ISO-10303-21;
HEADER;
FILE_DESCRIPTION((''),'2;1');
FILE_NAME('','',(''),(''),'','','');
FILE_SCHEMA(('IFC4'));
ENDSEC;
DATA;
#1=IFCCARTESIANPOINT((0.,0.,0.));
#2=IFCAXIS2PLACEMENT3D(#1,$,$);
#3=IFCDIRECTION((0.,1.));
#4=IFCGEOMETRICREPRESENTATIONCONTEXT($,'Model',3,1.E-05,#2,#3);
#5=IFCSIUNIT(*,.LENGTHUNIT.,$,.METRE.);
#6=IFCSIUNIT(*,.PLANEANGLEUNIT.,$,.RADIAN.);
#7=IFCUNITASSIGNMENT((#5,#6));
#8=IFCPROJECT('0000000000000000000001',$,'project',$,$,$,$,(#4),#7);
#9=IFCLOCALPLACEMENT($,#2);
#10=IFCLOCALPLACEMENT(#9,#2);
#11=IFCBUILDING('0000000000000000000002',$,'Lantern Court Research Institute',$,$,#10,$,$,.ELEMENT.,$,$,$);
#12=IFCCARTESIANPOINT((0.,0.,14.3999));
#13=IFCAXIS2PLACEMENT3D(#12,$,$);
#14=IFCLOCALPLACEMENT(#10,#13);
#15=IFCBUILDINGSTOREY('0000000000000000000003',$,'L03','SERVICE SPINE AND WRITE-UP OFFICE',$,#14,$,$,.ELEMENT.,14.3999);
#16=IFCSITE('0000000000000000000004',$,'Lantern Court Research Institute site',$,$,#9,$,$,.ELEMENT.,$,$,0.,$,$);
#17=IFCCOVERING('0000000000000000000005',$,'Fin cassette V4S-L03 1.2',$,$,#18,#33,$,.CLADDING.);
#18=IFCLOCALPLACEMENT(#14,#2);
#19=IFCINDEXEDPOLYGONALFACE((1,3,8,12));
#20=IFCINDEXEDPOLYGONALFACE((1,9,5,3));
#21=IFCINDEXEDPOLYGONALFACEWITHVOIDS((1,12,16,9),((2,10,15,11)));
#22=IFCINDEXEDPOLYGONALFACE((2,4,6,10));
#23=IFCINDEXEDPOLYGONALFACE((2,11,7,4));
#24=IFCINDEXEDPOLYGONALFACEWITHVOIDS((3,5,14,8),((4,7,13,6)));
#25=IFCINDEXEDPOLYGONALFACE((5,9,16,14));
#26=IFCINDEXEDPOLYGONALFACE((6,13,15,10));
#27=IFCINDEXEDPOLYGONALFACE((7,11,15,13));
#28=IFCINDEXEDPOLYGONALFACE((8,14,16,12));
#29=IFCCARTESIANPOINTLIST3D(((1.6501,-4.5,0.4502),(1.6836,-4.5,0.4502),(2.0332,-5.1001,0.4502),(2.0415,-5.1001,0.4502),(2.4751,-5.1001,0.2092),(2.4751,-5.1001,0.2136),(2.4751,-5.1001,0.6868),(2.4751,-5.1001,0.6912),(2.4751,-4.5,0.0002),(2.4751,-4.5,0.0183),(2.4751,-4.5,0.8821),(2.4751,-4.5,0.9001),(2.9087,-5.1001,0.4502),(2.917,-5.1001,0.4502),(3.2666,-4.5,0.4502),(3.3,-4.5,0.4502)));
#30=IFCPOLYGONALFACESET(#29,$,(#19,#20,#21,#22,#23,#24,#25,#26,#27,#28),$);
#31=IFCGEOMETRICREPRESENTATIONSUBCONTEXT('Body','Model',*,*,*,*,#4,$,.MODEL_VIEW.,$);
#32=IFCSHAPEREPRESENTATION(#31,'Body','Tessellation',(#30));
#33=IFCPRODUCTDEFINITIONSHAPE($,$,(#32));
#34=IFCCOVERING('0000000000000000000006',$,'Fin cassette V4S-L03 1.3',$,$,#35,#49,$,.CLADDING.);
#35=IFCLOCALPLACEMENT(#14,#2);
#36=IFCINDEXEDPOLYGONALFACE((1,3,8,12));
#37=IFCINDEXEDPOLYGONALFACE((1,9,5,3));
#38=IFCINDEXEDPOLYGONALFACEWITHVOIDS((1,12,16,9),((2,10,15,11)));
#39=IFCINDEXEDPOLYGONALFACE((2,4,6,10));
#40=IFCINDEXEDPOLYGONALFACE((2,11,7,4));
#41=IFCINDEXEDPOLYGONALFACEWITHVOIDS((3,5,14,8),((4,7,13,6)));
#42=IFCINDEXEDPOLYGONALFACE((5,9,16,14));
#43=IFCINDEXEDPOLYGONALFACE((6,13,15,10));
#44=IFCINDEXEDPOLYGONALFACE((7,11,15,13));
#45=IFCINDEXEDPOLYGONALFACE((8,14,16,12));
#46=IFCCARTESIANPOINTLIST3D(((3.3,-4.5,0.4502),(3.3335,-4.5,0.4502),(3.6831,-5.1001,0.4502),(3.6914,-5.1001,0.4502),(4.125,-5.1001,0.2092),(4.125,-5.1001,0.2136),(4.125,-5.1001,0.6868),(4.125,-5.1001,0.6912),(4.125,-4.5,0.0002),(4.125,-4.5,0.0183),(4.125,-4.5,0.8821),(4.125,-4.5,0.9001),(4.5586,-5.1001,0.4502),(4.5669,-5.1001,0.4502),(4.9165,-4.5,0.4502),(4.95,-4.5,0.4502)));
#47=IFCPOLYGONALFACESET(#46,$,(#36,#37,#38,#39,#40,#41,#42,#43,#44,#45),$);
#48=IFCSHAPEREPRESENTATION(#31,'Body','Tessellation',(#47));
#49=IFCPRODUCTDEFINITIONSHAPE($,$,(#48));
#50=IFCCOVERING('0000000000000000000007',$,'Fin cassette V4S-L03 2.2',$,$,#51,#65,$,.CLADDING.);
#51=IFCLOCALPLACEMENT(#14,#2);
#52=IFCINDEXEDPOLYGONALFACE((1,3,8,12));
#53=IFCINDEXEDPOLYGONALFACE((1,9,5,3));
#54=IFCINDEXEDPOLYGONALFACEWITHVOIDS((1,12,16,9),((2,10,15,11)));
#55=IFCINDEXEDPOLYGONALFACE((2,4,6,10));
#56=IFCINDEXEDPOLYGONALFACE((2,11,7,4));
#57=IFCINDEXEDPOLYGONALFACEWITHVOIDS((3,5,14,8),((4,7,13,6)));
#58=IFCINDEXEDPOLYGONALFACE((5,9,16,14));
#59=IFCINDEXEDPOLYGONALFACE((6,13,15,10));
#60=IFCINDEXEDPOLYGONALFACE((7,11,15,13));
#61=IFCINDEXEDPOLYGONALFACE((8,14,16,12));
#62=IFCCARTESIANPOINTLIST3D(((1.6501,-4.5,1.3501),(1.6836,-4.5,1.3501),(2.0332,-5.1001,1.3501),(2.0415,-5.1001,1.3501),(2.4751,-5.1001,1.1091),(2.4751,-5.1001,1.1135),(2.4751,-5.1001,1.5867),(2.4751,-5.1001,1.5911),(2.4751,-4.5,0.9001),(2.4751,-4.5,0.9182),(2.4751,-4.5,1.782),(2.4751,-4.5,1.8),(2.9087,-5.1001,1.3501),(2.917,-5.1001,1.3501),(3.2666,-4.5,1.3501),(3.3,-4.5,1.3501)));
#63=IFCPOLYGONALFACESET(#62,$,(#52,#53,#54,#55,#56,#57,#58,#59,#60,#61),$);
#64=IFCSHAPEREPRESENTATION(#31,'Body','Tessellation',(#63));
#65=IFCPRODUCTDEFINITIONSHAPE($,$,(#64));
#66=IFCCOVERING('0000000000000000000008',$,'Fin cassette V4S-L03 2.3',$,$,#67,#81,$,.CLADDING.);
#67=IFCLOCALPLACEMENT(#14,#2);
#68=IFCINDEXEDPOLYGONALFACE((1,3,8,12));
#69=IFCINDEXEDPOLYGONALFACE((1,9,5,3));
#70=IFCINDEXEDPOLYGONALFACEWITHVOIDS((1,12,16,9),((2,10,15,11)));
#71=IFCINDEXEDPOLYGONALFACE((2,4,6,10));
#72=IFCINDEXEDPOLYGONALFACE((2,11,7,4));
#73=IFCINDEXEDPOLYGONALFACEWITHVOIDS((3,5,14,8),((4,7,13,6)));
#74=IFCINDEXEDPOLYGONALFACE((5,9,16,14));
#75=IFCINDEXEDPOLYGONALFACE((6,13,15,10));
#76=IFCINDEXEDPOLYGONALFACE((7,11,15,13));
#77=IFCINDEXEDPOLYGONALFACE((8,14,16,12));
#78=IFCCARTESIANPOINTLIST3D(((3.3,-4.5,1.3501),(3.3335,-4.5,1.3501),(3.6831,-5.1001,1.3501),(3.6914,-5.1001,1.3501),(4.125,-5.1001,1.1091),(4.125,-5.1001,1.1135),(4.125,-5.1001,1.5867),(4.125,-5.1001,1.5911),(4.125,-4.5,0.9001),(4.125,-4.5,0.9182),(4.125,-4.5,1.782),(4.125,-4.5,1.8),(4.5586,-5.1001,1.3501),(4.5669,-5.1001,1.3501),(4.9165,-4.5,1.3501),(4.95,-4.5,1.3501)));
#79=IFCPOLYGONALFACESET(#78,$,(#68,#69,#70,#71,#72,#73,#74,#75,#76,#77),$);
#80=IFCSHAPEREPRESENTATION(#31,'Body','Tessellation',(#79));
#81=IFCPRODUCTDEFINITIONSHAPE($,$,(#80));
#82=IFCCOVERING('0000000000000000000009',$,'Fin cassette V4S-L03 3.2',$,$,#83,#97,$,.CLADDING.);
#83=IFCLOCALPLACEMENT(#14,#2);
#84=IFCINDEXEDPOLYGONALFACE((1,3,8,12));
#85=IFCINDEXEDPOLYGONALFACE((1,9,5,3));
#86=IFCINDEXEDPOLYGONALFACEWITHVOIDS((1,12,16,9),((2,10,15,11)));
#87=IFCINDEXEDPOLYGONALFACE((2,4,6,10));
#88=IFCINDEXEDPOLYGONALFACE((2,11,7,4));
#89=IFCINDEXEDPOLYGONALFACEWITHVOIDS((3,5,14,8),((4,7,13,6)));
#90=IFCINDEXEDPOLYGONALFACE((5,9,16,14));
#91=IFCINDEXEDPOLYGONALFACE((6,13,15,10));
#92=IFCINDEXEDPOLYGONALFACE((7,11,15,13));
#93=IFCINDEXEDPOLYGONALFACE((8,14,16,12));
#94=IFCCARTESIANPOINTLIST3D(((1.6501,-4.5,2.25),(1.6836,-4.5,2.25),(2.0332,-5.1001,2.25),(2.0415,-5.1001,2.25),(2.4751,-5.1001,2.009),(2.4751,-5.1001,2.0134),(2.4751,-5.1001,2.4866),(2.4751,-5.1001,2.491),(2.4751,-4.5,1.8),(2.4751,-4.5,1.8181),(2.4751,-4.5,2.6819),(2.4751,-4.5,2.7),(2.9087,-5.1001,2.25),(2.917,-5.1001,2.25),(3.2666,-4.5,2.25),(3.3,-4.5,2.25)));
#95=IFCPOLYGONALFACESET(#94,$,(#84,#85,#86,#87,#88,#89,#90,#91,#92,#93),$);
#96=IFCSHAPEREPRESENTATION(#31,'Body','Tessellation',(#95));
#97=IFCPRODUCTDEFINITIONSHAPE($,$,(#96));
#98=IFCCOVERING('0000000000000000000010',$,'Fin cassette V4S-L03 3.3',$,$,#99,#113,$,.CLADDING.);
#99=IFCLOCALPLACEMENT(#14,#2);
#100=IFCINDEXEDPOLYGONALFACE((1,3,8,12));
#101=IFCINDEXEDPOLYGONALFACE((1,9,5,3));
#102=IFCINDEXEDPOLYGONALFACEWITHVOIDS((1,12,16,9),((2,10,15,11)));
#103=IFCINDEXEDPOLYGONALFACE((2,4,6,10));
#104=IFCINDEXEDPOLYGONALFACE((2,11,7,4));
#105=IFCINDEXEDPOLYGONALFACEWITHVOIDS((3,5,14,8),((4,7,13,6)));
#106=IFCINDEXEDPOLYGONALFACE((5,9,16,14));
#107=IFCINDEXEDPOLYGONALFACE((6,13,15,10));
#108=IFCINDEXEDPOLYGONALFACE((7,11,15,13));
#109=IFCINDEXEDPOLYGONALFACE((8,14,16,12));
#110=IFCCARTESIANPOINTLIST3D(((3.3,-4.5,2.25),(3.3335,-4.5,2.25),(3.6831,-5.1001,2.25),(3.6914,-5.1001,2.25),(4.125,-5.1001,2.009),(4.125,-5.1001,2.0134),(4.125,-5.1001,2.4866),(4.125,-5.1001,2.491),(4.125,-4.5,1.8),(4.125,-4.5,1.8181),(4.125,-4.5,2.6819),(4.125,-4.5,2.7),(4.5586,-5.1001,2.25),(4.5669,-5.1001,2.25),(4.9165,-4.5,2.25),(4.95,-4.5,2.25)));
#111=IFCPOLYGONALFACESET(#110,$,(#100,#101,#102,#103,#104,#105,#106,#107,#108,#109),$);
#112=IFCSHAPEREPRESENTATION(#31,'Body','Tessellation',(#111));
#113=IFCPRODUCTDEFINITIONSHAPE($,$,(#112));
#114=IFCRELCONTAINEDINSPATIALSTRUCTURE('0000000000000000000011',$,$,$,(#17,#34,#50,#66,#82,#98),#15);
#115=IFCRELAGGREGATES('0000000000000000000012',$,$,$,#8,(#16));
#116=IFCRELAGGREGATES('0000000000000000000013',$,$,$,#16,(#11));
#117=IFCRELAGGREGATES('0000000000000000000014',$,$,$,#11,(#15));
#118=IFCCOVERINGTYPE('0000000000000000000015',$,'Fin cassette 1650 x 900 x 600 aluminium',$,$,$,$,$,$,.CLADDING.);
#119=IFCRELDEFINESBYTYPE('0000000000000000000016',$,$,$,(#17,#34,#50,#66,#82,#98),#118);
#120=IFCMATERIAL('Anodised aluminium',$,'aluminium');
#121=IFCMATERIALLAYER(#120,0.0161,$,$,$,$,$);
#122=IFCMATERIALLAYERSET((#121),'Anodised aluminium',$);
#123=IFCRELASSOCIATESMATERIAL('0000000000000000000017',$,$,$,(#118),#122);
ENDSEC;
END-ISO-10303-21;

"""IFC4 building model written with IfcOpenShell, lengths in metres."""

from ifc_helpers import new_model, entity, si_unit, direction, frame, origin, place, context, subcontext, project, spatial, material, layer, layer_set, type_object, element, save


model = new_model("IFC4")

# Units and contexts
model_context = context("Model", 3, precision=1e-05, world=origin(), true_north=direction((0.0, 1.0)))
body_context = subcontext(model_context, "Body", "Model", "MODEL_VIEW")
ifc_project = project(units=[si_unit("LENGTHUNIT", "METRE"), si_unit("PLANEANGLEUNIT", "RADIAN")], contexts=[model_context])

# Site, building, storey
site_placement = place(None, origin())
site = spatial("IfcSite", under=ifc_project, at=site_placement, Name="Lantern Court Research Institute site", CompositionType="ELEMENT", RefElevation=0.0)
building_placement = place(site_placement, origin())
building = spatial("IfcBuilding", under=site, at=building_placement, Name="Lantern Court Research Institute", CompositionType="ELEMENT")
storey_placement = place(building_placement, frame((0.0, 0.0, 14.3999)))
storey = spatial("IfcBuildingStorey", under=building, at=storey_placement, Name="L03", Description="SERVICE SPINE AND WRITE-UP OFFICE", CompositionType="ELEMENT", Elevation=14.3999)

# Coverings
ifc_material_1 = material(Name="Anodised aluminium", Category="aluminium")
ifc_layer_1 = layer(ifc_material_1, 0.0161)
ifc_layer_set_1 = layer_set([ifc_layer_1], Name="Anodised aluminium")
covering_type = type_object("IfcCoveringType", Name="Fin cassette 1650 x 900 x 600 aluminium", PredefinedType="CLADDING", material=ifc_layer_set_1)
covering_1_placement = place(storey_placement, frame((2.4751, -4.5, 0.4502), z_axis=(0.0, -1.0, 0.0), x_axis=(1.0, 0.0, 0.0)))
cartesian_point_1 = entity("IfcCartesianPoint", [0.825, 0.0])
cartesian_point_2 = entity("IfcCartesianPoint", [0.7915, 0.0])
cartesian_point_3 = entity("IfcCartesianPoint", [0.4419, 0.0])
cartesian_point_4 = entity("IfcCartesianPoint", [0.4336, 0.0])
element("IfcCovering", 1, at=covering_1_placement, inside=storey, type_object=covering_type, Name="Fin cassette V4S-L03 1.2", PredefinedType="CLADDING", context=body_context, shape_type="SweptSolid", body=[
    entity("IfcExtrudedAreaSolidTapered", entity("IfcArbitraryProfileDefWithVoids", "AREA", None, entity("IfcPolyline", [cartesian_point_1, entity("IfcCartesianPoint", [0.0, 0.45]), entity("IfcCartesianPoint", [-0.825, 0.0]), entity("IfcCartesianPoint", [0.0, -0.45]), cartesian_point_1]), [entity("IfcPolyline", [cartesian_point_2, entity("IfcCartesianPoint", [0.0, 0.4319]), entity("IfcCartesianPoint", [-0.7915, 0.0]), entity("IfcCartesianPoint", [0.0, -0.4319]), cartesian_point_2])]), entity("IfcAxis2Placement3D", entity("IfcCartesianPoint", [0.0, 0.0, 0.0])), entity("IfcDirection", [0.0, 0.0, 1.0]), 0.6001, entity("IfcArbitraryProfileDefWithVoids", "AREA", None, entity("IfcPolyline", [cartesian_point_3, entity("IfcCartesianPoint", [0.0, 0.241]), entity("IfcCartesianPoint", [-0.4419, 0.0]), entity("IfcCartesianPoint", [0.0, -0.241]), cartesian_point_3]), [entity("IfcPolyline", [cartesian_point_4, entity("IfcCartesianPoint", [0.0, 0.2366]), entity("IfcCartesianPoint", [-0.4336, 0.0]), entity("IfcCartesianPoint", [0.0, -0.2366]), cartesian_point_4])])),
])
covering_2_placement = place(storey_placement, frame((4.125, -4.5, 0.4502), z_axis=(0.0, -1.0, 0.0), x_axis=(1.0, 0.0, 0.0)))
cartesian_point_5 = entity("IfcCartesianPoint", [0.825, 0.0])
cartesian_point_6 = entity("IfcCartesianPoint", [0.7915, 0.0])
cartesian_point_7 = entity("IfcCartesianPoint", [0.4419, 0.0])
cartesian_point_8 = entity("IfcCartesianPoint", [0.4336, 0.0])
element("IfcCovering", 2, at=covering_2_placement, inside=storey, type_object=covering_type, Name="Fin cassette V4S-L03 1.3", PredefinedType="CLADDING", context=body_context, shape_type="SweptSolid", body=[
    entity("IfcExtrudedAreaSolidTapered", entity("IfcArbitraryProfileDefWithVoids", "AREA", None, entity("IfcPolyline", [cartesian_point_5, entity("IfcCartesianPoint", [0.0, 0.45]), entity("IfcCartesianPoint", [-0.825, 0.0]), entity("IfcCartesianPoint", [0.0, -0.45]), cartesian_point_5]), [entity("IfcPolyline", [cartesian_point_6, entity("IfcCartesianPoint", [0.0, 0.4319]), entity("IfcCartesianPoint", [-0.7915, 0.0]), entity("IfcCartesianPoint", [0.0, -0.4319]), cartesian_point_6])]), entity("IfcAxis2Placement3D", entity("IfcCartesianPoint", [0.0, 0.0, 0.0])), entity("IfcDirection", [0.0, 0.0, 1.0]), 0.6001, entity("IfcArbitraryProfileDefWithVoids", "AREA", None, entity("IfcPolyline", [cartesian_point_7, entity("IfcCartesianPoint", [0.0, 0.241]), entity("IfcCartesianPoint", [-0.4419, 0.0]), entity("IfcCartesianPoint", [0.0, -0.241]), cartesian_point_7]), [entity("IfcPolyline", [cartesian_point_8, entity("IfcCartesianPoint", [0.0, 0.2366]), entity("IfcCartesianPoint", [-0.4336, 0.0]), entity("IfcCartesianPoint", [0.0, -0.2366]), cartesian_point_8])])),
])
covering_3_placement = place(storey_placement, frame((2.4751, -4.5, 1.3501), z_axis=(0.0, -1.0, 0.0), x_axis=(1.0, 0.0, 0.0)))
cartesian_point_9 = entity("IfcCartesianPoint", [0.825, 0.0])
cartesian_point_10 = entity("IfcCartesianPoint", [0.7915, 0.0])
cartesian_point_11 = entity("IfcCartesianPoint", [0.4419, 0.0])
cartesian_point_12 = entity("IfcCartesianPoint", [0.4336, 0.0])
element("IfcCovering", 3, at=covering_3_placement, inside=storey, type_object=covering_type, Name="Fin cassette V4S-L03 2.2", PredefinedType="CLADDING", context=body_context, shape_type="SweptSolid", body=[
    entity("IfcExtrudedAreaSolidTapered", entity("IfcArbitraryProfileDefWithVoids", "AREA", None, entity("IfcPolyline", [cartesian_point_9, entity("IfcCartesianPoint", [0.0, 0.45]), entity("IfcCartesianPoint", [-0.825, 0.0]), entity("IfcCartesianPoint", [0.0, -0.45]), cartesian_point_9]), [entity("IfcPolyline", [cartesian_point_10, entity("IfcCartesianPoint", [0.0, 0.4319]), entity("IfcCartesianPoint", [-0.7915, 0.0]), entity("IfcCartesianPoint", [0.0, -0.4319]), cartesian_point_10])]), entity("IfcAxis2Placement3D", entity("IfcCartesianPoint", [0.0, 0.0, 0.0])), entity("IfcDirection", [0.0, 0.0, 1.0]), 0.6001, entity("IfcArbitraryProfileDefWithVoids", "AREA", None, entity("IfcPolyline", [cartesian_point_11, entity("IfcCartesianPoint", [0.0, 0.241]), entity("IfcCartesianPoint", [-0.4419, 0.0]), entity("IfcCartesianPoint", [0.0, -0.241]), cartesian_point_11]), [entity("IfcPolyline", [cartesian_point_12, entity("IfcCartesianPoint", [0.0, 0.2366]), entity("IfcCartesianPoint", [-0.4336, 0.0]), entity("IfcCartesianPoint", [0.0, -0.2366]), cartesian_point_12])])),
])
covering_4_placement = place(storey_placement, frame((4.125, -4.5, 1.3501), z_axis=(0.0, -1.0, 0.0), x_axis=(1.0, 0.0, 0.0)))
cartesian_point_13 = entity("IfcCartesianPoint", [0.825, 0.0])
cartesian_point_14 = entity("IfcCartesianPoint", [0.7915, 0.0])
cartesian_point_15 = entity("IfcCartesianPoint", [0.4419, 0.0])
cartesian_point_16 = entity("IfcCartesianPoint", [0.4336, 0.0])
element("IfcCovering", 4, at=covering_4_placement, inside=storey, type_object=covering_type, Name="Fin cassette V4S-L03 2.3", PredefinedType="CLADDING", context=body_context, shape_type="SweptSolid", body=[
    entity("IfcExtrudedAreaSolidTapered", entity("IfcArbitraryProfileDefWithVoids", "AREA", None, entity("IfcPolyline", [cartesian_point_13, entity("IfcCartesianPoint", [0.0, 0.45]), entity("IfcCartesianPoint", [-0.825, 0.0]), entity("IfcCartesianPoint", [0.0, -0.45]), cartesian_point_13]), [entity("IfcPolyline", [cartesian_point_14, entity("IfcCartesianPoint", [0.0, 0.4319]), entity("IfcCartesianPoint", [-0.7915, 0.0]), entity("IfcCartesianPoint", [0.0, -0.4319]), cartesian_point_14])]), entity("IfcAxis2Placement3D", entity("IfcCartesianPoint", [0.0, 0.0, 0.0])), entity("IfcDirection", [0.0, 0.0, 1.0]), 0.6001, entity("IfcArbitraryProfileDefWithVoids", "AREA", None, entity("IfcPolyline", [cartesian_point_15, entity("IfcCartesianPoint", [0.0, 0.241]), entity("IfcCartesianPoint", [-0.4419, 0.0]), entity("IfcCartesianPoint", [0.0, -0.241]), cartesian_point_15]), [entity("IfcPolyline", [cartesian_point_16, entity("IfcCartesianPoint", [0.0, 0.2366]), entity("IfcCartesianPoint", [-0.4336, 0.0]), entity("IfcCartesianPoint", [0.0, -0.2366]), cartesian_point_16])])),
])
covering_5_placement = place(storey_placement, frame((2.4751, -4.5, 2.25), z_axis=(0.0, -1.0, 0.0), x_axis=(1.0, 0.0, 0.0)))
cartesian_point_17 = entity("IfcCartesianPoint", [0.825, 0.0])
cartesian_point_18 = entity("IfcCartesianPoint", [0.7915, 0.0])
cartesian_point_19 = entity("IfcCartesianPoint", [0.4419, 0.0])
cartesian_point_20 = entity("IfcCartesianPoint", [0.4336, 0.0])
element("IfcCovering", 5, at=covering_5_placement, inside=storey, type_object=covering_type, Name="Fin cassette V4S-L03 3.2", PredefinedType="CLADDING", context=body_context, shape_type="SweptSolid", body=[
    entity("IfcExtrudedAreaSolidTapered", entity("IfcArbitraryProfileDefWithVoids", "AREA", None, entity("IfcPolyline", [cartesian_point_17, entity("IfcCartesianPoint", [0.0, 0.45]), entity("IfcCartesianPoint", [-0.825, 0.0]), entity("IfcCartesianPoint", [0.0, -0.45]), cartesian_point_17]), [entity("IfcPolyline", [cartesian_point_18, entity("IfcCartesianPoint", [0.0, 0.4319]), entity("IfcCartesianPoint", [-0.7915, 0.0]), entity("IfcCartesianPoint", [0.0, -0.4319]), cartesian_point_18])]), entity("IfcAxis2Placement3D", entity("IfcCartesianPoint", [0.0, 0.0, 0.0])), entity("IfcDirection", [0.0, 0.0, 1.0]), 0.6001, entity("IfcArbitraryProfileDefWithVoids", "AREA", None, entity("IfcPolyline", [cartesian_point_19, entity("IfcCartesianPoint", [0.0, 0.241]), entity("IfcCartesianPoint", [-0.4419, 0.0]), entity("IfcCartesianPoint", [0.0, -0.241]), cartesian_point_19]), [entity("IfcPolyline", [cartesian_point_20, entity("IfcCartesianPoint", [0.0, 0.2366]), entity("IfcCartesianPoint", [-0.4336, 0.0]), entity("IfcCartesianPoint", [0.0, -0.2366]), cartesian_point_20])])),
])
covering_6_placement = place(storey_placement, frame((4.125, -4.5, 2.25), z_axis=(0.0, -1.0, 0.0), x_axis=(1.0, 0.0, 0.0)))
cartesian_point_21 = entity("IfcCartesianPoint", [0.825, 0.0])
cartesian_point_22 = entity("IfcCartesianPoint", [0.7915, 0.0])
cartesian_point_23 = entity("IfcCartesianPoint", [0.4419, 0.0])
cartesian_point_24 = entity("IfcCartesianPoint", [0.4336, 0.0])
element("IfcCovering", 6, at=covering_6_placement, inside=storey, type_object=covering_type, Name="Fin cassette V4S-L03 3.3", PredefinedType="CLADDING", context=body_context, shape_type="SweptSolid", body=[
    entity("IfcExtrudedAreaSolidTapered", entity("IfcArbitraryProfileDefWithVoids", "AREA", None, entity("IfcPolyline", [cartesian_point_21, entity("IfcCartesianPoint", [0.0, 0.45]), entity("IfcCartesianPoint", [-0.825, 0.0]), entity("IfcCartesianPoint", [0.0, -0.45]), cartesian_point_21]), [entity("IfcPolyline", [cartesian_point_22, entity("IfcCartesianPoint", [0.0, 0.4319]), entity("IfcCartesianPoint", [-0.7915, 0.0]), entity("IfcCartesianPoint", [0.0, -0.4319]), cartesian_point_22])]), entity("IfcAxis2Placement3D", entity("IfcCartesianPoint", [0.0, 0.0, 0.0])), entity("IfcDirection", [0.0, 0.0, 1.0]), 0.6001, entity("IfcArbitraryProfileDefWithVoids", "AREA", None, entity("IfcPolyline", [cartesian_point_23, entity("IfcCartesianPoint", [0.0, 0.241]), entity("IfcCartesianPoint", [-0.4419, 0.0]), entity("IfcCartesianPoint", [0.0, -0.241]), cartesian_point_23]), [entity("IfcPolyline", [cartesian_point_24, entity("IfcCartesianPoint", [0.0, 0.2366]), entity("IfcCartesianPoint", [-0.4336, 0.0]), entity("IfcCartesianPoint", [0.0, -0.2366]), cartesian_point_24])])),
])

save(model, "model.ifc")
